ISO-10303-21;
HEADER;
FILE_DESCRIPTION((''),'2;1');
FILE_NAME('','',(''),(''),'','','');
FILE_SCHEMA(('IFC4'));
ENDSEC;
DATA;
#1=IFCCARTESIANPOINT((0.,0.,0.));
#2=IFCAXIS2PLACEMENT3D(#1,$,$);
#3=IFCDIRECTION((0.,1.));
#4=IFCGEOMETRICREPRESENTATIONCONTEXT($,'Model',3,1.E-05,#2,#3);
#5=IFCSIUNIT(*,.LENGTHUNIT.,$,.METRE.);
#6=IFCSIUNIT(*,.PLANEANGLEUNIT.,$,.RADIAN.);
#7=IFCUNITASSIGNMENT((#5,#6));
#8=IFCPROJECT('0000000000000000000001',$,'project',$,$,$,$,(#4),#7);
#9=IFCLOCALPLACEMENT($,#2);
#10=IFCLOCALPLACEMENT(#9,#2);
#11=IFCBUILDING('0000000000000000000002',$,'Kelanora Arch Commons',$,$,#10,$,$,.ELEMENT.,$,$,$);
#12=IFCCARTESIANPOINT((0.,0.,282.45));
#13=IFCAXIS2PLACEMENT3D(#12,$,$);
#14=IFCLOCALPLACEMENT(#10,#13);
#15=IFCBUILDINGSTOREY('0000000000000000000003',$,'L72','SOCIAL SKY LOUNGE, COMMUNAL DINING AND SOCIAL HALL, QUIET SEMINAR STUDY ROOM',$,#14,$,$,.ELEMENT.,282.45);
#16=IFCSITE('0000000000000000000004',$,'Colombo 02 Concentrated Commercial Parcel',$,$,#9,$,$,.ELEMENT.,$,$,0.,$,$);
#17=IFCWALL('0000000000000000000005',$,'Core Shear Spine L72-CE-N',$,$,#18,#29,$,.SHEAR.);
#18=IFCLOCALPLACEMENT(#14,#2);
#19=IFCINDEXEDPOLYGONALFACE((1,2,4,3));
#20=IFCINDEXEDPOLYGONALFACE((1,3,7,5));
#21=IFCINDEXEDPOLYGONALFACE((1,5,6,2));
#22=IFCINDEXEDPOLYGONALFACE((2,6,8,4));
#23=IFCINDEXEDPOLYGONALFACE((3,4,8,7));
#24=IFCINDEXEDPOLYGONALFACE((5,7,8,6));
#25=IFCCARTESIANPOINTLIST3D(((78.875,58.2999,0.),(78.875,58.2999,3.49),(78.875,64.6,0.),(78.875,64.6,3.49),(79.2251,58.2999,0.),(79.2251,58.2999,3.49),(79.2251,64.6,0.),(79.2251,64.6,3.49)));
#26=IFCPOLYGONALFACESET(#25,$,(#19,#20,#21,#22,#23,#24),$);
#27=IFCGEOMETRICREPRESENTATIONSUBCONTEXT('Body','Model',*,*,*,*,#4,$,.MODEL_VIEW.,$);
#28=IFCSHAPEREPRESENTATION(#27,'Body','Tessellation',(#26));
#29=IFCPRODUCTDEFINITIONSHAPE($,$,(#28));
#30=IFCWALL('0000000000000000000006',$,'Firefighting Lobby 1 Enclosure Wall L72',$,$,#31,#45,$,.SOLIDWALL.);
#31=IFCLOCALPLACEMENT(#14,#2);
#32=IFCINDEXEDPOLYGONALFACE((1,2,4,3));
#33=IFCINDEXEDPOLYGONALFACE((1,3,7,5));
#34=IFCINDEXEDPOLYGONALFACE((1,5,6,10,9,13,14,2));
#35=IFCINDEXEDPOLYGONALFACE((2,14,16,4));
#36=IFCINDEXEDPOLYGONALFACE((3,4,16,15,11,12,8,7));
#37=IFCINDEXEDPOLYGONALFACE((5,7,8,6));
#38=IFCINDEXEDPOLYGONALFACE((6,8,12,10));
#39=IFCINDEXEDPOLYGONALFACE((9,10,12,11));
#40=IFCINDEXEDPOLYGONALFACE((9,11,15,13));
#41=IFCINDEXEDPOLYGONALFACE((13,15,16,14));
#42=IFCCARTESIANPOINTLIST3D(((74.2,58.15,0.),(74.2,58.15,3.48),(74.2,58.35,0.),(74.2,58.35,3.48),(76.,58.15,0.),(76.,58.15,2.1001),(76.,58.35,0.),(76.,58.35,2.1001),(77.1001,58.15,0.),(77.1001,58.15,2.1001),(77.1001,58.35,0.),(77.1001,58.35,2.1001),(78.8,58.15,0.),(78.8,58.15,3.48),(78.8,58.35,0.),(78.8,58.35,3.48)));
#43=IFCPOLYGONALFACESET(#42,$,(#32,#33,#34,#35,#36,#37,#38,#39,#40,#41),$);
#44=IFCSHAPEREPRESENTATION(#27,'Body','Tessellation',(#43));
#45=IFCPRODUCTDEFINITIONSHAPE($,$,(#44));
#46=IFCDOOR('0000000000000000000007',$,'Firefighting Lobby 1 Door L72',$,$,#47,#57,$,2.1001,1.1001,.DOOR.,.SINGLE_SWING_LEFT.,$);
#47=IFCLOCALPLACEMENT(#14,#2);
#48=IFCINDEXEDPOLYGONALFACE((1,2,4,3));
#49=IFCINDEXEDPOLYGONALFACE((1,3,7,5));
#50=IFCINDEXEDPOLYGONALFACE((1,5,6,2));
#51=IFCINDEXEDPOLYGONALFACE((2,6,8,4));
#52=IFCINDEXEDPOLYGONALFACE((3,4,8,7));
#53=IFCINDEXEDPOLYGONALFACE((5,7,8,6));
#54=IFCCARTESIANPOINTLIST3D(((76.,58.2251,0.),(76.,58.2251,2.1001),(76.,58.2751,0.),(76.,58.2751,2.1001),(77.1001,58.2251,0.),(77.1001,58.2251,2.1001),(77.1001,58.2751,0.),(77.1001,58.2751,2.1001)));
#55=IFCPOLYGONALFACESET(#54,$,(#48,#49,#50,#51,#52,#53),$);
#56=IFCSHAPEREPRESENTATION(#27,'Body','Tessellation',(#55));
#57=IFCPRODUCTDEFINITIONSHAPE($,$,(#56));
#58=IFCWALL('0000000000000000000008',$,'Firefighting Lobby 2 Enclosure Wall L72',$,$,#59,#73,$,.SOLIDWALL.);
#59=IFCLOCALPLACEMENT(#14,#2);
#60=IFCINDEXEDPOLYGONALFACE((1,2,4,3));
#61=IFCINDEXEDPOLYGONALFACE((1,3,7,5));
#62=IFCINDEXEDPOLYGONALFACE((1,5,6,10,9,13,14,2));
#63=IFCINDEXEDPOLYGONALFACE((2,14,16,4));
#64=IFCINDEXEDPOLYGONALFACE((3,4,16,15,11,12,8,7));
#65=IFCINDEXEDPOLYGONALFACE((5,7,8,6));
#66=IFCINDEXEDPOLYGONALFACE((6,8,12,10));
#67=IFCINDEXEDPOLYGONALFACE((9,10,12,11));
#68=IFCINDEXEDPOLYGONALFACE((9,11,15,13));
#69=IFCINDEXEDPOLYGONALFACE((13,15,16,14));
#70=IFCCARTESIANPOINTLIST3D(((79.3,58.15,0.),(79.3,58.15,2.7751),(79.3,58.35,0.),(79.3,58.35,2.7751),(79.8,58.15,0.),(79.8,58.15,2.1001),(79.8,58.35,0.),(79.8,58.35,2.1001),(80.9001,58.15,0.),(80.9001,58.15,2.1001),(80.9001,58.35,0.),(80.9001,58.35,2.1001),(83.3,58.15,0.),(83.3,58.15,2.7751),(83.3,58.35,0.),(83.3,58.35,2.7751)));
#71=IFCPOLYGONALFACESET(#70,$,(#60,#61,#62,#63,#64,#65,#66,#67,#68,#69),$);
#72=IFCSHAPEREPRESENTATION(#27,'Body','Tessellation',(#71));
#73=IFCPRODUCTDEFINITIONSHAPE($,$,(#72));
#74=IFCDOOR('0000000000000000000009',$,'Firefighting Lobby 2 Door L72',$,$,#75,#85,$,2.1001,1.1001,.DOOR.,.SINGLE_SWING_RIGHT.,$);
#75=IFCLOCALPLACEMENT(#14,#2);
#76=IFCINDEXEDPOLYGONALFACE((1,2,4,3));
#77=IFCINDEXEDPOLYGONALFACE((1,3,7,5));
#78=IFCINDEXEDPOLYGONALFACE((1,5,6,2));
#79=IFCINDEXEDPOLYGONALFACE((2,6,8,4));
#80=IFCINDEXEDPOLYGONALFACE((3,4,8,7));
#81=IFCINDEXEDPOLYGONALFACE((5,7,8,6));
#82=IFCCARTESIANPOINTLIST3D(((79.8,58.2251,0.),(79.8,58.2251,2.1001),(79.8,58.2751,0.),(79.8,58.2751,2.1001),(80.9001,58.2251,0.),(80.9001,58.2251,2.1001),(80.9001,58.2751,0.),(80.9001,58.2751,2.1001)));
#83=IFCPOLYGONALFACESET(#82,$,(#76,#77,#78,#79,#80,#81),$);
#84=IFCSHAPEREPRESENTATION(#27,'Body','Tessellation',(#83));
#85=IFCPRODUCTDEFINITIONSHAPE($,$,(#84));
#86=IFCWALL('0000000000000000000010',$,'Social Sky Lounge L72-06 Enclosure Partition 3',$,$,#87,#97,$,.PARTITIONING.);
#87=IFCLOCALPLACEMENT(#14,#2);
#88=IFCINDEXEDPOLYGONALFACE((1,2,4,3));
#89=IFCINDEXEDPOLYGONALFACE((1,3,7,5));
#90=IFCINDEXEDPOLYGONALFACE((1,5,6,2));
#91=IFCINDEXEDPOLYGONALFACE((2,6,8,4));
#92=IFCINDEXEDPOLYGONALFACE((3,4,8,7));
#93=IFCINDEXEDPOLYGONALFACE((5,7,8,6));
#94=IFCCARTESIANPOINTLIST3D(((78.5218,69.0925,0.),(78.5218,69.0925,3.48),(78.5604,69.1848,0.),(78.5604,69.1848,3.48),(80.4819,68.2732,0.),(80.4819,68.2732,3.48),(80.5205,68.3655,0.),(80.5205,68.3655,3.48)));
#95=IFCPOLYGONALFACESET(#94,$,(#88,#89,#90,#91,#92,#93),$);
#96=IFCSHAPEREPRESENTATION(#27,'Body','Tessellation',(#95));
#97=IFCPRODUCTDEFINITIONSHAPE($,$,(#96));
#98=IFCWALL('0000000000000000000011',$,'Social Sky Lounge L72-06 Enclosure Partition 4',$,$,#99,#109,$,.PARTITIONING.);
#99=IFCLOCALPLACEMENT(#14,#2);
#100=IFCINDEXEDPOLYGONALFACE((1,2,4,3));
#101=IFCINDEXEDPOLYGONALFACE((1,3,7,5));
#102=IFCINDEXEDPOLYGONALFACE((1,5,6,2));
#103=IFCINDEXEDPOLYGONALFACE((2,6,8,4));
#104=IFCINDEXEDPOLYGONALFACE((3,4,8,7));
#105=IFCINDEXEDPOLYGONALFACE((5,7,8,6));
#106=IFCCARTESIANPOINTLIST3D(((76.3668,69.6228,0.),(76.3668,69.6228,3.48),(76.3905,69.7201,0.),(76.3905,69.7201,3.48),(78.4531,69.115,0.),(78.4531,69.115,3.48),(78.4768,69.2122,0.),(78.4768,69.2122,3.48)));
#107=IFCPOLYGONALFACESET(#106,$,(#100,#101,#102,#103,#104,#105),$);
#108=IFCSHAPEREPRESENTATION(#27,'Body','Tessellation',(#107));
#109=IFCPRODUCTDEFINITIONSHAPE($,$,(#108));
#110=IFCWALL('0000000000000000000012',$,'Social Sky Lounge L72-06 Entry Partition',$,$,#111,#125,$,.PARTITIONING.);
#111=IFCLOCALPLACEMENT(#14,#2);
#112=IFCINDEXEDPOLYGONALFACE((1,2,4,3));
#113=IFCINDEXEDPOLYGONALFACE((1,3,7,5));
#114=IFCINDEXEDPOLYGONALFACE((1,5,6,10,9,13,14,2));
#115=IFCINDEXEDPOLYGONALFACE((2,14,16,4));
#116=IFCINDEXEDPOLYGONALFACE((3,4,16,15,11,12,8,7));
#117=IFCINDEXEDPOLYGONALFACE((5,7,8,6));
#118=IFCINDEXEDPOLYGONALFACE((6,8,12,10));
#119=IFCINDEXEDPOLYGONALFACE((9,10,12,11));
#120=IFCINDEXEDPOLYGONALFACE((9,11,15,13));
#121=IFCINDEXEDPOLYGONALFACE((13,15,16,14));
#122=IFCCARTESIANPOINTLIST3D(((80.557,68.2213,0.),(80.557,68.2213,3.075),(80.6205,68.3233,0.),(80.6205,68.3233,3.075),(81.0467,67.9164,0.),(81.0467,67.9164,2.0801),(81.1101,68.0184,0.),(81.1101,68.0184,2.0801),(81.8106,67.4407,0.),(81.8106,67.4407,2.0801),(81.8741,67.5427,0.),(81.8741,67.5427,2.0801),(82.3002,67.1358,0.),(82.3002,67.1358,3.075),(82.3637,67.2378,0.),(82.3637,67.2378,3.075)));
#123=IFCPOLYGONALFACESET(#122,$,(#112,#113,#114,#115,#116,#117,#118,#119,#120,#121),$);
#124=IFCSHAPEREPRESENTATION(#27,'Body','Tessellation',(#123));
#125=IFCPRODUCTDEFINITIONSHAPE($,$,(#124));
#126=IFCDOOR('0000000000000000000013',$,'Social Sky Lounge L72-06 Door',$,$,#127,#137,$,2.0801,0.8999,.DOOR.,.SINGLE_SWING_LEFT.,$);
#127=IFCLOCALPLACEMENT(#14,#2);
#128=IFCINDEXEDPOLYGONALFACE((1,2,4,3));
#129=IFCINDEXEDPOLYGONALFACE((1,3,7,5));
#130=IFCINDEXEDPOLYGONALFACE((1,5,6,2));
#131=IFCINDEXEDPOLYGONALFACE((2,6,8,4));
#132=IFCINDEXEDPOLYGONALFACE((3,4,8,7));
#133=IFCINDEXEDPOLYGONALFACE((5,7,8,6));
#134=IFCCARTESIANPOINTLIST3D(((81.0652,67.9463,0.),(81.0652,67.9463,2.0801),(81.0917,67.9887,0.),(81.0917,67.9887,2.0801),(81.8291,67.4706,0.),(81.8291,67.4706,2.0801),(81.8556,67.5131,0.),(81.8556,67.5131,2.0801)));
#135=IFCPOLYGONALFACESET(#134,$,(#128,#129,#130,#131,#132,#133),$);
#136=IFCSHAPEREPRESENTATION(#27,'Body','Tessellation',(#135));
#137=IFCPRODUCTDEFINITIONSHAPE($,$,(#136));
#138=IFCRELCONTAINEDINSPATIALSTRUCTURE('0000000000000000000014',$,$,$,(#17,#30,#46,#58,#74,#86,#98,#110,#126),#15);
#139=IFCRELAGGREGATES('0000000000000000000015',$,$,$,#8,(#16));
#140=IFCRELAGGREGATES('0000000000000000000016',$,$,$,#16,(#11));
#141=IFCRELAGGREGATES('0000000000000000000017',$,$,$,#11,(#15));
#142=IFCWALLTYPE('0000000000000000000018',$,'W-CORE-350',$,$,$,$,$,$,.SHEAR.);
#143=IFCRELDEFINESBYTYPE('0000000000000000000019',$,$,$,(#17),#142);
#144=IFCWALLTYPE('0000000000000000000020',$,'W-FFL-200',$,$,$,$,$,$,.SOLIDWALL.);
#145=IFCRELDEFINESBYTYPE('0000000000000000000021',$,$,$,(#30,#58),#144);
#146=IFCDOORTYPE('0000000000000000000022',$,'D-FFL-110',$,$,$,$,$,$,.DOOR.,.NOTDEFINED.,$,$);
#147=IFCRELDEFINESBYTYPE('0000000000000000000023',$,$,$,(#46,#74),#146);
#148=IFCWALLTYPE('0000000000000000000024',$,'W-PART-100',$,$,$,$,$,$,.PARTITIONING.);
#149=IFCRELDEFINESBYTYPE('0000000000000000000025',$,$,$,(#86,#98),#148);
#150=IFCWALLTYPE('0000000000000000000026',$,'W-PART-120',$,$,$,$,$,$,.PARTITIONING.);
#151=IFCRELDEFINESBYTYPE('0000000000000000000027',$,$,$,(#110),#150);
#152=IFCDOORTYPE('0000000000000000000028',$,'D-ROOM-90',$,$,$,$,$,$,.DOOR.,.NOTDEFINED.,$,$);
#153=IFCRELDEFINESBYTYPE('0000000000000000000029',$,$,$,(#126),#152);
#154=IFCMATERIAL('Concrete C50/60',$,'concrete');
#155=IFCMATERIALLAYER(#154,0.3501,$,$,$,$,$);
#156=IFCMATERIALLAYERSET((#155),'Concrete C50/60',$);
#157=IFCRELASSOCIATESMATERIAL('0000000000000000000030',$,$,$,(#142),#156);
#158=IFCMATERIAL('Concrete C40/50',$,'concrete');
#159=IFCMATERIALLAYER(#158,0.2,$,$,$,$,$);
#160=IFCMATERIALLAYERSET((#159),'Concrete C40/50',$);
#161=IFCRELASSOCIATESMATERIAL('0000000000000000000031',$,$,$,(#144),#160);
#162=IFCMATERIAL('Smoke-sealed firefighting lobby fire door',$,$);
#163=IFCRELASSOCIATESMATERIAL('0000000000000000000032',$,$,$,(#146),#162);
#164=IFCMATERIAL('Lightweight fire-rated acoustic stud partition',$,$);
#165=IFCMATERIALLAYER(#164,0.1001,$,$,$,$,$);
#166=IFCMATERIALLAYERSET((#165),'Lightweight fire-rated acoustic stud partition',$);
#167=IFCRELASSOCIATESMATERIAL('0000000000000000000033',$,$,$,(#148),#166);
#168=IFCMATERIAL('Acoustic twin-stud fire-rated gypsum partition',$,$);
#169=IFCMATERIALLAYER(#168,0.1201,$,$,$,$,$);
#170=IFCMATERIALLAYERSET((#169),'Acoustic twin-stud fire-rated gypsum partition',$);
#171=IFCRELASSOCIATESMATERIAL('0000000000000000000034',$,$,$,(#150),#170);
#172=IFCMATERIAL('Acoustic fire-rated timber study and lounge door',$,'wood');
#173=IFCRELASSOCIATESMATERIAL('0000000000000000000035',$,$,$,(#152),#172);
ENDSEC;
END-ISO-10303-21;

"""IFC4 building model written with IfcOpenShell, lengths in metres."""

from ifc_helpers import new_model, si_unit, direction, frame, frame_2d, origin, place, context, subcontext, project, spatial, rectangle, extrude, material, layer, layer_set, type_object, element, fill, save


model = new_model("IFC4")

# Units and contexts
model_context = context("Model", 3, precision=1e-05, world=origin(), true_north=direction((0.0, 1.0)))
body_context = subcontext(model_context, "Body", "Model", "MODEL_VIEW")
ifc_project = project(units=[si_unit("LENGTHUNIT", "METRE"), si_unit("PLANEANGLEUNIT", "RADIAN")], contexts=[model_context])

# Site, building, storey
site_placement = place(None, origin())
site = spatial("IfcSite", under=ifc_project, at=site_placement, Name="Colombo 02 Concentrated Commercial Parcel", CompositionType="ELEMENT", RefElevation=0.0)
building_placement = place(site_placement, origin())
building = spatial("IfcBuilding", under=site, at=building_placement, Name="Kelanora Arch Commons", CompositionType="ELEMENT")
storey_placement = place(building_placement, frame((0.0, 0.0, 282.45)))
storey = spatial("IfcBuildingStorey", under=building, at=storey_placement, Name="L72", Description="SOCIAL SKY LOUNGE, COMMUNAL DINING AND SOCIAL HALL, QUIET SEMINAR STUDY ROOM", CompositionType="ELEMENT", Elevation=282.45)

# Shared definitions
ifc_material_1 = material(Name="Concrete C50/60", Category="concrete")

# Wall
ifc_layer_1 = layer(ifc_material_1, 0.3501)
ifc_layer_set_1 = layer_set([ifc_layer_1], Name="Concrete C50/60")
wall_type_1 = type_object("IfcWallType", Name="W-CORE-350", PredefinedType="SHEAR", material=ifc_layer_set_1)
wall_1_placement = place(storey_placement, frame((79.05, 58.3, 0.0), z_axis=(0.0, 0.0, 1.0), x_axis=(0.0, 1.0, 0.0)))
element("IfcWall", 1, at=wall_1_placement, inside=storey, type_object=wall_type_1, Name="Core Shear Spine L72-CE-N", PredefinedType="SHEAR", context=body_context, shape_type="SweptSolid", body=[
    extrude(rectangle(XDim=6.3, YDim=0.3501, at=frame_2d((3.1499, 0.0))), origin(), (0.0, 0.0, 1.0), 3.49),
])

# Walls, openings, doors
ifc_material_2 = material(Name="Concrete C40/50", Category="concrete")
ifc_layer_2 = layer(ifc_material_2, 0.2)
ifc_layer_set_2 = layer_set([ifc_layer_2], Name="Concrete C40/50")
wall_type_2 = type_object("IfcWallType", Name="W-FFL-200", PredefinedType="SOLIDWALL", material=ifc_layer_set_2)
wall_2_placement = place(storey_placement, frame((74.2, 58.25, 0.0), z_axis=(0.0, 0.0, 1.0), x_axis=(1.0, 0.0, 0.0)))
wall_2 = element("IfcWall", 2, at=wall_2_placement, inside=storey, type_object=wall_type_2, Name="Firefighting Lobby 1 Enclosure Wall L72", PredefinedType="SOLIDWALL", context=body_context, shape_type="SweptSolid", body=[
    extrude(rectangle(XDim=4.6001, YDim=0.2, at=frame_2d((2.3, 0.0))), origin(), (0.0, 0.0, 1.0), 3.48),
])
opening_1_placement = place(wall_2_placement, frame((1.8, 0.0, 0.0)))
opening_1 = element("IfcOpeningElement", 3, at=opening_1_placement, cuts=wall_2, PredefinedType="OPENING", context=body_context, shape_type="SweptSolid", body=[
    extrude(rectangle(XDim=1.1001, YDim=2.1001, at=frame_2d((0.55, 1.05))), frame((0.0, 0.1099, 0.0), z_axis=(0.0, -1.0, 0.0), x_axis=(1.0, 0.0, 0.0)), (0.0, 0.0, 1.0), 0.22),
])
ifc_material_3 = material(Name="Smoke-sealed firefighting lobby fire door")
door_type_1 = type_object("IfcDoorType", Name="D-FFL-110", OperationType="NOTDEFINED", PredefinedType="DOOR", material=ifc_material_3)
door_1_placement = place(opening_1_placement, frame((1.1001, 0.0, 0.0), z_axis=(0.0, 0.0, 1.0), x_axis=(-1.0, 0.0, 0.0)))
door_1 = element("IfcDoor", 4, at=door_1_placement, inside=storey, type_object=door_type_1, Name="Firefighting Lobby 1 Door L72", OperationType="SINGLE_SWING_LEFT", OverallHeight=2.1001, OverallWidth=1.1001, PredefinedType="DOOR", context=body_context, shape_type="SweptSolid", body=[
    extrude(rectangle(XDim=1.1001, YDim=2.1001, at=frame_2d((0.55, 1.05))), frame((0.0, 0.0249, 0.0), z_axis=(0.0, -1.0, 0.0), x_axis=(1.0, 0.0, 0.0)), (0.0, 0.0, 1.0), 0.05),
])
fill(opening_1, door_1)
wall_3_placement = place(storey_placement, frame((79.3, 58.25, 0.0), z_axis=(0.0, 0.0, 1.0), x_axis=(1.0, 0.0, 0.0)))
wall_3 = element("IfcWall", 5, at=wall_3_placement, inside=storey, type_object=wall_type_2, Name="Firefighting Lobby 2 Enclosure Wall L72", PredefinedType="SOLIDWALL", context=body_context, shape_type="SweptSolid", body=[
    extrude(rectangle(XDim=4.0, YDim=0.2, at=frame_2d((2.0, 0.0))), origin(), (0.0, 0.0, 1.0), 2.7751),
])
opening_2_placement = place(wall_3_placement, frame((0.5, 0.0, 0.0)))
opening_2 = element("IfcOpeningElement", 6, at=opening_2_placement, cuts=wall_3, PredefinedType="OPENING", context=body_context, shape_type="SweptSolid", body=[
    extrude(rectangle(XDim=1.1001, YDim=2.1001, at=frame_2d((0.55, 1.05))), frame((0.0, 0.1099, 0.0), z_axis=(0.0, -1.0, 0.0), x_axis=(1.0, 0.0, 0.0)), (0.0, 0.0, 1.0), 0.22),
])
door_2_placement = place(opening_2_placement, frame((1.1001, 0.0, 0.0), z_axis=(0.0, 0.0, 1.0), x_axis=(-1.0, 0.0, 0.0)))
door_2 = element("IfcDoor", 7, at=door_2_placement, inside=storey, type_object=door_type_1, Name="Firefighting Lobby 2 Door L72", OperationType="SINGLE_SWING_RIGHT", OverallHeight=2.1001, OverallWidth=1.1001, PredefinedType="DOOR", context=body_context, shape_type="SweptSolid", body=[
    extrude(rectangle(XDim=1.1001, YDim=2.1001, at=frame_2d((0.55, 1.05))), frame((0.0, 0.0249, 0.0), z_axis=(0.0, -1.0, 0.0), x_axis=(1.0, 0.0, 0.0)), (0.0, 0.0, 1.0), 0.05),
])
fill(opening_2, door_2)

# Walls
ifc_material_4 = material(Name="Lightweight fire-rated acoustic stud partition")
ifc_layer_3 = layer(ifc_material_4, 0.1001)
ifc_layer_set_3 = layer_set([ifc_layer_3], Name="Lightweight fire-rated acoustic stud partition")
wall_type_3 = type_object("IfcWallType", Name="W-PART-100", PredefinedType="PARTITIONING", material=ifc_layer_set_3)
wall_4_placement = place(storey_placement, frame((80.5012, 68.3193, 0.0), z_axis=(0.0, 0.0, 1.0), x_axis=(-0.922645, 0.385651, 0.0)))
element("IfcWall", 8, at=wall_4_placement, inside=storey, type_object=wall_type_3, Name="Social Sky Lounge L72-06 Enclosure Partition 3", PredefinedType="PARTITIONING", context=body_context, shape_type="SweptSolid", body=[
    extrude(rectangle(XDim=2.1245, YDim=0.1001, at=frame_2d((1.0623, 0.0))), origin(), (0.0, 0.0, 1.0), 3.48),
])
wall_5_placement = place(storey_placement, frame((78.4651, 69.1636, 0.0), z_axis=(0.0, 0.0, 1.0), x_axis=(-0.971629, 0.236511, 0.0)))
element("IfcWall", 9, at=wall_5_placement, inside=storey, type_object=wall_type_3, Name="Social Sky Lounge L72-06 Enclosure Partition 4", PredefinedType="PARTITIONING", context=body_context, shape_type="SweptSolid", body=[
    extrude(rectangle(XDim=2.1472, YDim=0.1001, at=frame_2d((1.0737, 0.0))), origin(), (0.0, 0.0, 1.0), 3.48),
])

# Wall, opening, door
ifc_material_5 = material(Name="Acoustic twin-stud fire-rated gypsum partition")
ifc_layer_4 = layer(ifc_material_5, 0.1201)
ifc_layer_set_4 = layer_set([ifc_layer_4], Name="Acoustic twin-stud fire-rated gypsum partition")
wall_type_4 = type_object("IfcWallType", Name="W-PART-120", PredefinedType="PARTITIONING", material=ifc_layer_set_4)
wall_6_placement = place(storey_placement, frame((82.332, 67.1868, 0.0), z_axis=(0.0, 0.0, 1.0), x_axis=(-0.848879, 0.528588, 0.0)))
wall_6 = element("IfcWall", 10, at=wall_6_placement, inside=storey, type_object=wall_type_4, Name="Social Sky Lounge L72-06 Entry Partition", PredefinedType="PARTITIONING", context=body_context, shape_type="SweptSolid", body=[
    extrude(rectangle(XDim=2.0535, YDim=0.1201, at=frame_2d((1.0269, 0.0))), origin(), (0.0, 0.0, 1.0), 3.075),
])
opening_3_placement = place(wall_6_placement, frame((0.5769, 0.0, 0.0)))
opening_3 = element("IfcOpeningElement", 11, at=opening_3_placement, cuts=wall_6, PredefinedType="OPENING", context=body_context, shape_type="SweptSolid", body=[
    extrude(rectangle(XDim=0.8999, YDim=2.0801, at=frame_2d((0.45, 1.04))), frame((0.0, 0.0701, 0.0), z_axis=(0.0, -1.0, 0.0), x_axis=(1.0, 0.0, 0.0)), (0.0, 0.0, 1.0), 0.1401),
])
ifc_material_6 = material(Name="Acoustic fire-rated timber study and lounge door", Category="wood")
door_type_2 = type_object("IfcDoorType", Name="D-ROOM-90", OperationType="NOTDEFINED", PredefinedType="DOOR", material=ifc_material_6)
door_3_placement = place(opening_3_placement, origin())
door_3 = element("IfcDoor", 12, at=door_3_placement, inside=storey, type_object=door_type_2, Name="Social Sky Lounge L72-06 Door", OperationType="SINGLE_SWING_LEFT", OverallHeight=2.0801, OverallWidth=0.8999, PredefinedType="DOOR", context=body_context, shape_type="SweptSolid", body=[
    extrude(rectangle(XDim=0.8999, YDim=2.0801, at=frame_2d((0.45, 1.04))), frame((0.0, 0.0249, 0.0), z_axis=(0.0, -1.0, 0.0), x_axis=(1.0, 0.0, 0.0)), (0.0, 0.0, 1.0), 0.05),
])
fill(opening_3, door_3)

save(model, "model.ifc")
